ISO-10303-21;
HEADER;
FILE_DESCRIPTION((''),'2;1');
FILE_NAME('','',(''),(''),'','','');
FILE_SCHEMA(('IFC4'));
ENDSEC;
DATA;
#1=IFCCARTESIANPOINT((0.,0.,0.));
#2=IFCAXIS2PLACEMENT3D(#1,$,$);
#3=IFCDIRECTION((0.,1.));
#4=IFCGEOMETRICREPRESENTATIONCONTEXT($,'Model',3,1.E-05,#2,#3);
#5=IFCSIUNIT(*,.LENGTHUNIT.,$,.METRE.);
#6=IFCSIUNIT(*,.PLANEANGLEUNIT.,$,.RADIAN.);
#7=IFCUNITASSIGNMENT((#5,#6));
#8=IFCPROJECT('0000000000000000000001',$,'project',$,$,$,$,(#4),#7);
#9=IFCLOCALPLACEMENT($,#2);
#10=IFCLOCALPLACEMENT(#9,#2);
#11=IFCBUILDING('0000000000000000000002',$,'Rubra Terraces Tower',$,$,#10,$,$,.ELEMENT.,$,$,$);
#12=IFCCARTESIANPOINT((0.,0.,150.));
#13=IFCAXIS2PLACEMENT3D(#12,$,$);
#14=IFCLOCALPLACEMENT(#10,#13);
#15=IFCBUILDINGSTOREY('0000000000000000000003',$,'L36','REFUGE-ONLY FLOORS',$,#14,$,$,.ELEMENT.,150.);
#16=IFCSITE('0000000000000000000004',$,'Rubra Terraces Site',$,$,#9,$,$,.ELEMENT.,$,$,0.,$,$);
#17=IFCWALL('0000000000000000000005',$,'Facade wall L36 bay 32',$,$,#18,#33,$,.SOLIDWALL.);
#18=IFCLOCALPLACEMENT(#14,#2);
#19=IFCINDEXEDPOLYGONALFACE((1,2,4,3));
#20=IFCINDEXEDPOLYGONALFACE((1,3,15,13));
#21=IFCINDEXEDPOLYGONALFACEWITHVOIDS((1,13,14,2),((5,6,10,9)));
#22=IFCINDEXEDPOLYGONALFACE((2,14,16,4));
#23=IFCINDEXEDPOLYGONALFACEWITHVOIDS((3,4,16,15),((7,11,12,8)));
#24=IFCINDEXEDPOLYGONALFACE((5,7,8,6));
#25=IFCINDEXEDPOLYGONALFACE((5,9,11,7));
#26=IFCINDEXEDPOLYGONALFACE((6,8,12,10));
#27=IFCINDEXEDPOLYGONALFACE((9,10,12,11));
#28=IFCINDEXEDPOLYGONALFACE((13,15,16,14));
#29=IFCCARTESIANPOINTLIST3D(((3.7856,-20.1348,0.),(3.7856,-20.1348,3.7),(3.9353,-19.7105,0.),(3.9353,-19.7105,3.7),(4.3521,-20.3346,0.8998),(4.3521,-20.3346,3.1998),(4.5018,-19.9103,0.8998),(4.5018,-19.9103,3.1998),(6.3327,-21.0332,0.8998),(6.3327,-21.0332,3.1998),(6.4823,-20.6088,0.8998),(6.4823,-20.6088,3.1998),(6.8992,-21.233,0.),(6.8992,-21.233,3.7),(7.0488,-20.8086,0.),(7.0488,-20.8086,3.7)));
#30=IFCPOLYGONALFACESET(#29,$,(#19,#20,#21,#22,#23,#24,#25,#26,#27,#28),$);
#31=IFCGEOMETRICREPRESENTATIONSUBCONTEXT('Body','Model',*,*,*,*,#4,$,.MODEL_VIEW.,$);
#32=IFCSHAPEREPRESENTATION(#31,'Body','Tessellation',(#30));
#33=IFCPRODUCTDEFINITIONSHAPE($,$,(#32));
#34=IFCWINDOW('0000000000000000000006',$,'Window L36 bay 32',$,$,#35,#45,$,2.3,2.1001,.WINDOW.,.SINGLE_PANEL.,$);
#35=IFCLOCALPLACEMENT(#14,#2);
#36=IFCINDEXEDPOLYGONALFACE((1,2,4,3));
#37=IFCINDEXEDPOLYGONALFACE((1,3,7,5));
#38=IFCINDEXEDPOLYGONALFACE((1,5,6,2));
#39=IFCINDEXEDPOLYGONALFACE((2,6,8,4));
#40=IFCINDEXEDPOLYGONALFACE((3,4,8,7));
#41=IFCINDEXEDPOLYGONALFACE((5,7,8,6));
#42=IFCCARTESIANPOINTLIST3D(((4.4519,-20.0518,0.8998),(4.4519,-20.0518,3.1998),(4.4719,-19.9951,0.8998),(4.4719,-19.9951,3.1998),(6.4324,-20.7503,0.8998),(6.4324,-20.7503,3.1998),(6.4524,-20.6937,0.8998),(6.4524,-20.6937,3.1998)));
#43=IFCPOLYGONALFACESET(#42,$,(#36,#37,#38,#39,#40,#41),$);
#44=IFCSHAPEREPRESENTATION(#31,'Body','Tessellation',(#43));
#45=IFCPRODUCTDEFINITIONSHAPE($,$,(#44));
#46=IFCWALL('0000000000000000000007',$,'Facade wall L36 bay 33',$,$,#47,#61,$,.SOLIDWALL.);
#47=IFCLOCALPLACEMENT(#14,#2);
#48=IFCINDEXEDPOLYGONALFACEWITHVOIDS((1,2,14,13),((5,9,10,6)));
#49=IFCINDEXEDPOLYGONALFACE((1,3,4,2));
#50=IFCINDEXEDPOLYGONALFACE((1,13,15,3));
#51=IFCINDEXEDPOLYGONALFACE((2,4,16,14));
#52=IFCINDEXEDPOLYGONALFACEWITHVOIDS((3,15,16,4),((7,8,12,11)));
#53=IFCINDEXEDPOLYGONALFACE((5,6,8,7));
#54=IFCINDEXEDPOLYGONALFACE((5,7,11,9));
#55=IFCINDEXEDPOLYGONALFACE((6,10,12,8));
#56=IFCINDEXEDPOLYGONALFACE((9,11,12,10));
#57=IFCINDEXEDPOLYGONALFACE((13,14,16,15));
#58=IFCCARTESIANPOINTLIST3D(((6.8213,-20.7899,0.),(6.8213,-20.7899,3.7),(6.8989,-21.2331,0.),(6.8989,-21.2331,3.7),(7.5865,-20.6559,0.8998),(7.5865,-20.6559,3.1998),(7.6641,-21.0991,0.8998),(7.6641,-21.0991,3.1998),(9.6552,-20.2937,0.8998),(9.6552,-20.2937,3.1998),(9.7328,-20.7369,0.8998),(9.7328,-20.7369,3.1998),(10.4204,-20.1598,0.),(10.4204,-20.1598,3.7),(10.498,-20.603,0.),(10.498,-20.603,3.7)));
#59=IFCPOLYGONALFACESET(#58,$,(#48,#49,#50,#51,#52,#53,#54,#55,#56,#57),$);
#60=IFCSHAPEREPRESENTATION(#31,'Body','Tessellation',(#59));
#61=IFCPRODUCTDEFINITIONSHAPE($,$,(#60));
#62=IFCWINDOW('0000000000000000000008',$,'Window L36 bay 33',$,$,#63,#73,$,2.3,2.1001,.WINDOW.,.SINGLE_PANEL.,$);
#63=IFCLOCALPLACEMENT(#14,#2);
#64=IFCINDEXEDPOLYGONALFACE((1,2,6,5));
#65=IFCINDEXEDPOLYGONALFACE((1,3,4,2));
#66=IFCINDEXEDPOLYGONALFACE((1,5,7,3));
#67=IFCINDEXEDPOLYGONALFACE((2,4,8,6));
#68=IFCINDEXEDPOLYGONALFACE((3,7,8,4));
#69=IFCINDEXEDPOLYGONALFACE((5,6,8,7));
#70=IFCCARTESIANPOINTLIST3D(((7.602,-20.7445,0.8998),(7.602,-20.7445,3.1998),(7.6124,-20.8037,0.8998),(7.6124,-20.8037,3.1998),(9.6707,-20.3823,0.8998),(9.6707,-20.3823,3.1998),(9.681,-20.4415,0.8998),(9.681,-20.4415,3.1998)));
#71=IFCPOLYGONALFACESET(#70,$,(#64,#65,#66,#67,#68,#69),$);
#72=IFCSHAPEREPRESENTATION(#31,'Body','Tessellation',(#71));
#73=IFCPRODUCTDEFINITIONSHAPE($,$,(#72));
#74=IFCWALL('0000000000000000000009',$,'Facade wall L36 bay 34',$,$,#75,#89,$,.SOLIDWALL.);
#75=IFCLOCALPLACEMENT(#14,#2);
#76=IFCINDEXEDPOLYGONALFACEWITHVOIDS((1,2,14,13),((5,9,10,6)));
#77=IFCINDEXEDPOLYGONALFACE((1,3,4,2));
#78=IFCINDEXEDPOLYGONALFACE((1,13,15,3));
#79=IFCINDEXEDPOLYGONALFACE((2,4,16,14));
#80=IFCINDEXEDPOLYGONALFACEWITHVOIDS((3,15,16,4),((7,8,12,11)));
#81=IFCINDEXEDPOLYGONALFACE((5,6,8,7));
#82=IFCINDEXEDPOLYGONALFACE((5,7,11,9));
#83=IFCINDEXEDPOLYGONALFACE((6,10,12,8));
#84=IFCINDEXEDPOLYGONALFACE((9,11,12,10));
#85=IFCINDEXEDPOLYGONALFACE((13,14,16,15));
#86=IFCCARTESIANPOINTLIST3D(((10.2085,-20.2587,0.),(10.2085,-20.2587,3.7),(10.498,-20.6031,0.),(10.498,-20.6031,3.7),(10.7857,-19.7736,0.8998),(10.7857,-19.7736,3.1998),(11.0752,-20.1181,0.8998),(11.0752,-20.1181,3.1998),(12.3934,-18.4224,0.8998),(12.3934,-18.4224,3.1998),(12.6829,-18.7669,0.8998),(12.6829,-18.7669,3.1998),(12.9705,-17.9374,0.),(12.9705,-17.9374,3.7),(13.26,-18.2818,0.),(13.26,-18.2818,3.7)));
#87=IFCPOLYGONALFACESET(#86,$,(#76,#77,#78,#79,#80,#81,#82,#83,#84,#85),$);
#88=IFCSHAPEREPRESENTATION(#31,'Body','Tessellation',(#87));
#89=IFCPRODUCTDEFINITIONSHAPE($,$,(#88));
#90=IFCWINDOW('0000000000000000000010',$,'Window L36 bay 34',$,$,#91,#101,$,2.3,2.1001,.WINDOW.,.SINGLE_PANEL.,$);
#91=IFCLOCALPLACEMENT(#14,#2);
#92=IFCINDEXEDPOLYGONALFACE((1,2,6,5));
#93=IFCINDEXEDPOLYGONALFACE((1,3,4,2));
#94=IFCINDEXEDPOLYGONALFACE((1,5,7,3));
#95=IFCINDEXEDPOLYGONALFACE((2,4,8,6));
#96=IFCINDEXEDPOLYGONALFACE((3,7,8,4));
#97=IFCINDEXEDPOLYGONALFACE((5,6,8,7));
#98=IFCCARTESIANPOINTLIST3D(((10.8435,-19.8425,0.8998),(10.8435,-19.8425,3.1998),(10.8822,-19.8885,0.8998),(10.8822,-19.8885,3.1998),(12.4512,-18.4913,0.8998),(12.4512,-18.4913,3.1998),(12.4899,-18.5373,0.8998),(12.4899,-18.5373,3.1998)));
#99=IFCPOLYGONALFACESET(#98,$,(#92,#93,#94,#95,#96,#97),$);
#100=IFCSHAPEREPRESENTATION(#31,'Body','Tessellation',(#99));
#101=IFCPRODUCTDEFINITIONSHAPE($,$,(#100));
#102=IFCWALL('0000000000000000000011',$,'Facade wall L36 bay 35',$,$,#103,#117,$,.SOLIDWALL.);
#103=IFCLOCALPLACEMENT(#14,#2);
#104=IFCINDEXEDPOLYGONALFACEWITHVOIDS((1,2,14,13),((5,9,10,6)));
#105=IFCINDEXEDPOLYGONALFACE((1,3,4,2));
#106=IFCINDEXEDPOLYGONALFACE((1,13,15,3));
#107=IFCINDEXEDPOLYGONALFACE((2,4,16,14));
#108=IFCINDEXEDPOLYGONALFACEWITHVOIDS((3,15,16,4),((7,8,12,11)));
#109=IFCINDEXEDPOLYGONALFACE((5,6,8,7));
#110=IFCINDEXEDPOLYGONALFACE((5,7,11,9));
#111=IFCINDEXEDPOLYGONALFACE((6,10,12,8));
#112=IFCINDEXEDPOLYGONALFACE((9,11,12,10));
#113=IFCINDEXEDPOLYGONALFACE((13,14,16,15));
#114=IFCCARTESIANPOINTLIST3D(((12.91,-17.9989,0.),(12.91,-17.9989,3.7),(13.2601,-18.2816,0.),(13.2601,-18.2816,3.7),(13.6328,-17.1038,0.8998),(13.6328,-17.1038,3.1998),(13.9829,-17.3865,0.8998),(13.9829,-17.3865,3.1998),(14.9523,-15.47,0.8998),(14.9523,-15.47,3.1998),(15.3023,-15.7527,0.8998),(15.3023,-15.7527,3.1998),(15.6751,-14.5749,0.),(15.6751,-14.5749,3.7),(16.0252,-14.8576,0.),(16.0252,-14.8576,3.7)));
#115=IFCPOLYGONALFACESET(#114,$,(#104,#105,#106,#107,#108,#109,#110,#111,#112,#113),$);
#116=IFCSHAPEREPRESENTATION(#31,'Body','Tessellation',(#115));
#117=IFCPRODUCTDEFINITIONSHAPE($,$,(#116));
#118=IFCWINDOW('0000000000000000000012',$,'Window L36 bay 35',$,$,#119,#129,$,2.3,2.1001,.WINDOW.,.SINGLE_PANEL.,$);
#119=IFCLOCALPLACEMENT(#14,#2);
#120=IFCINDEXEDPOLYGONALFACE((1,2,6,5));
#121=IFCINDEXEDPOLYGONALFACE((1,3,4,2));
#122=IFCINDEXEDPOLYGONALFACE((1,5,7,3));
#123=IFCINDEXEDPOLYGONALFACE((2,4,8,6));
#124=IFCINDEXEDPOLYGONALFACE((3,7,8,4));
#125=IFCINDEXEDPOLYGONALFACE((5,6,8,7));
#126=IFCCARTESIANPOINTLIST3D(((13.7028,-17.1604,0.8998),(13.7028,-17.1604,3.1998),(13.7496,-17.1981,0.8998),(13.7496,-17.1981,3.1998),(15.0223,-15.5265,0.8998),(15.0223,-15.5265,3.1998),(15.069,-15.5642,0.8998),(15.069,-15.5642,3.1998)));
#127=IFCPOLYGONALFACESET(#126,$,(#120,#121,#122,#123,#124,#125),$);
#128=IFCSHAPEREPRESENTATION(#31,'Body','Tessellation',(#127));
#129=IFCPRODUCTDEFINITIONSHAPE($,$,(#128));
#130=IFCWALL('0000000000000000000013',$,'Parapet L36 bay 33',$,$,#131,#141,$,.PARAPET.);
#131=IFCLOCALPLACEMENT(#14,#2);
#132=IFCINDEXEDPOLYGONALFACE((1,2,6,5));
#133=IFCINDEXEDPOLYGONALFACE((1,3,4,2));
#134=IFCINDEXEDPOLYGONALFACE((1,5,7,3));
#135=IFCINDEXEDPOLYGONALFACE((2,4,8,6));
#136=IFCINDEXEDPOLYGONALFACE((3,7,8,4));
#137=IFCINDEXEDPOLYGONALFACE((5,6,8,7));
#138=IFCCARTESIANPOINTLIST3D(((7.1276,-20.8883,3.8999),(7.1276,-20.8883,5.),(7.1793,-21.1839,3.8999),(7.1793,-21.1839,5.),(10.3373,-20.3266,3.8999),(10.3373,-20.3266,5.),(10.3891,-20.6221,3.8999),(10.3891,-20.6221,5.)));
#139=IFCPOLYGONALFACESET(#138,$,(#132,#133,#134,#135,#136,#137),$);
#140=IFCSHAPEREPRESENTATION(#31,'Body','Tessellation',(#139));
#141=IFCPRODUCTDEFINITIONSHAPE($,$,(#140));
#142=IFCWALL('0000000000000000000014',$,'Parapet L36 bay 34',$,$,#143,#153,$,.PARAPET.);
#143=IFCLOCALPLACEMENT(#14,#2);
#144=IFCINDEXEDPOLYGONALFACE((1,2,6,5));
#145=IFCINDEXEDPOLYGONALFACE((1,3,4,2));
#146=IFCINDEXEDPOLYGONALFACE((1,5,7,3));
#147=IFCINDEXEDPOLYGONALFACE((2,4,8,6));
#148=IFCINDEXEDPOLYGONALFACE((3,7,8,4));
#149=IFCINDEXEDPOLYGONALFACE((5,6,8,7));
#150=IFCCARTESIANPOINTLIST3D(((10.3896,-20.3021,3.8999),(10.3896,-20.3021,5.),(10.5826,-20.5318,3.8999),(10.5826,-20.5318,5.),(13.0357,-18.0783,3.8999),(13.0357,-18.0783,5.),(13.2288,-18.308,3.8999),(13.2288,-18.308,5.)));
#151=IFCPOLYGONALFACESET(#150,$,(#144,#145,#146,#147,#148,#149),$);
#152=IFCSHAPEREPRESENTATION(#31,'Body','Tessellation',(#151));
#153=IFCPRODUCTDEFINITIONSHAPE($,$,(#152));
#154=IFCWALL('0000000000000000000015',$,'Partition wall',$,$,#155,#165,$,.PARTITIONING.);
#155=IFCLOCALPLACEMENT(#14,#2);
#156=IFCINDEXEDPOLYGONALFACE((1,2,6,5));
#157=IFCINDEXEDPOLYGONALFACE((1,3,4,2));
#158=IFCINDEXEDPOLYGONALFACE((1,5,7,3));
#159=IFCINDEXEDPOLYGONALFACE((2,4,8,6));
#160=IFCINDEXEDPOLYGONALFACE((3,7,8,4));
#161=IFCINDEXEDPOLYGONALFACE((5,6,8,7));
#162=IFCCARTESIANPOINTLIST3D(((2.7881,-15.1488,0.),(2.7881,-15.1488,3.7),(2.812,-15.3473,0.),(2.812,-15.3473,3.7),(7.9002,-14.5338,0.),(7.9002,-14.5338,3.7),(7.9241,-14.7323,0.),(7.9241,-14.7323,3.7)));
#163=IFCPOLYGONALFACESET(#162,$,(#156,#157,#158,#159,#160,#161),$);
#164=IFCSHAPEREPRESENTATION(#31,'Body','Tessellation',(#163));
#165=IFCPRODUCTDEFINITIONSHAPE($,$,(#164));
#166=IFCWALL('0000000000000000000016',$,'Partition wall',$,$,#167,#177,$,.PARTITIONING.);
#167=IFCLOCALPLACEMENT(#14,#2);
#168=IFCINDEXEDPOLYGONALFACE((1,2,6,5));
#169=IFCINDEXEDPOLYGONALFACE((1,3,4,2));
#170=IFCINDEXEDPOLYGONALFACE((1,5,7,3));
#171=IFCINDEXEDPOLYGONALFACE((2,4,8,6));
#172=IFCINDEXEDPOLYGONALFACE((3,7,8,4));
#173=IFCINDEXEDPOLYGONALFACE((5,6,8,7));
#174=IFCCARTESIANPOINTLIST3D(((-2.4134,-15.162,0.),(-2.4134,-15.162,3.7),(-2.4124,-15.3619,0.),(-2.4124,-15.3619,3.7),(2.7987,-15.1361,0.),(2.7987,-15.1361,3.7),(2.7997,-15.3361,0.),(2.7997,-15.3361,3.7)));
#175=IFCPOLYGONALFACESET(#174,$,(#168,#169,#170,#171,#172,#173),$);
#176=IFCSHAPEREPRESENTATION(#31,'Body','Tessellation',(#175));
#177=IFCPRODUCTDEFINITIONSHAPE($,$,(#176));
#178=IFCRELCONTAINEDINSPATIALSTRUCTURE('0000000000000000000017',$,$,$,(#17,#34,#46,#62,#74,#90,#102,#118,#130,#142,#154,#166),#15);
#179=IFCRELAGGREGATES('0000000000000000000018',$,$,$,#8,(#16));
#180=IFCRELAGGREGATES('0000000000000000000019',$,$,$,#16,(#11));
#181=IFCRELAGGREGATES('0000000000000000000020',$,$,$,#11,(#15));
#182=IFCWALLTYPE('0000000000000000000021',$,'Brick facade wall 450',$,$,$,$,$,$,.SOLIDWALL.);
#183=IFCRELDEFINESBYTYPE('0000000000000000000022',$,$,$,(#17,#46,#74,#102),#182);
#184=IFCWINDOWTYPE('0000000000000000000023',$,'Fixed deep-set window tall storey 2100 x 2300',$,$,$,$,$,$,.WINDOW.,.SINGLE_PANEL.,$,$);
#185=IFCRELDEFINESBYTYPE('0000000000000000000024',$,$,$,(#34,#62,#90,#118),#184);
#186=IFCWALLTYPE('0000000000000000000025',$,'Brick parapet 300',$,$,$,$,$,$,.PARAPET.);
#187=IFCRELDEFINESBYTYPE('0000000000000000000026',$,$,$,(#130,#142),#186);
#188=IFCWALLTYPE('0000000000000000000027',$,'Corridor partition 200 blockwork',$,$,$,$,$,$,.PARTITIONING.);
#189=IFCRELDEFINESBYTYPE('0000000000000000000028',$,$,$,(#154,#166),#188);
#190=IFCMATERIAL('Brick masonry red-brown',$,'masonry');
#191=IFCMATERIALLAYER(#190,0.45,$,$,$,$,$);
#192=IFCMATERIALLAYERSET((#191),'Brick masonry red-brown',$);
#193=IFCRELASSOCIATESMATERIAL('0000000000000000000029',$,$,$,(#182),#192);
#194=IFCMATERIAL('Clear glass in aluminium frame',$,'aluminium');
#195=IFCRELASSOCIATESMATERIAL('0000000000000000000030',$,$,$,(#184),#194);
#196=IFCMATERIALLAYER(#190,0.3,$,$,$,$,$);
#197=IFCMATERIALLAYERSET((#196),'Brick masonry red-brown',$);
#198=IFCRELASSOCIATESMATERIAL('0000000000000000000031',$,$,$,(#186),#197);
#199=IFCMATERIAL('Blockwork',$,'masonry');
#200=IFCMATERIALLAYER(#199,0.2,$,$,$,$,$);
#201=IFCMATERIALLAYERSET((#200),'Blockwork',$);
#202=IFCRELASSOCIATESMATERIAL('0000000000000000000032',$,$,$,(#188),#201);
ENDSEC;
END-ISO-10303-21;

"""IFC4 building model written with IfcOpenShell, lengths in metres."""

from ifc_helpers import new_model, si_unit, direction, frame, frame_2d, origin, place, context, subcontext, project, spatial, rectangle, extrude, material, layer, layer_set, type_object, element, fill, save


model = new_model("IFC4")

# Units and contexts
model_context = context("Model", 3, precision=1e-05, world=origin(), true_north=direction((0.0, 1.0)))
body_context = subcontext(model_context, "Body", "Model", "MODEL_VIEW")
ifc_project = project(units=[si_unit("LENGTHUNIT", "METRE"), si_unit("PLANEANGLEUNIT", "RADIAN")], contexts=[model_context])

# Site, building, storey
site_placement = place(None, origin())
site = spatial("IfcSite", under=ifc_project, at=site_placement, Name="Rubra Terraces Site", CompositionType="ELEMENT", RefElevation=0.0)
building_placement = place(site_placement, origin())
building = spatial("IfcBuilding", under=site, at=building_placement, Name="Rubra Terraces Tower", CompositionType="ELEMENT")
storey_placement = place(building_placement, frame((0.0, 0.0, 150.0)))
storey = spatial("IfcBuildingStorey", under=building, at=storey_placement, Name="L36", Description="REFUGE-ONLY FLOORS", CompositionType="ELEMENT", Elevation=150.0)

# Walls, openings, windows
ifc_material_1 = material(Name="Brick masonry red-brown", Category="masonry")
ifc_layer_1 = layer(ifc_material_1, 0.45)
ifc_layer_set_1 = layer_set([ifc_layer_1], Name="Brick masonry red-brown")
wall_type_1 = type_object("IfcWallType", Name="Brick facade wall 450", PredefinedType="SOLIDWALL", material=ifc_layer_set_1)
wall_1_placement = place(storey_placement, frame((3.8604, -19.9226, 0.0), z_axis=(0.0, 0.0, 1.0), x_axis=(0.943061, -0.332619, 0.0)))
wall_1 = element("IfcWall", 1, at=wall_1_placement, inside=storey, type_object=wall_type_1, Name="Facade wall L36 bay 32", PredefinedType="SOLIDWALL", context=body_context, shape_type="SweptSolid", body=[
    extrude(rectangle(XDim=3.3015, YDim=0.45, at=frame_2d((1.6509, 0.0))), origin(), (0.0, 0.0, 1.0), 3.7),
])
opening_1_placement = place(wall_1_placement, frame((0.6008, 0.0, 0.8999)))
opening_1 = element("IfcOpeningElement", 2, at=opening_1_placement, cuts=wall_1, PredefinedType="OPENING", context=body_context, shape_type="SweptSolid", body=[
    extrude(rectangle(XDim=2.1001, YDim=2.3, at=frame_2d((1.05, 1.1499))), frame((0.0, 0.2349, 0.0), z_axis=(0.0, -1.0, 0.0), x_axis=(1.0, 0.0, 0.0)), (0.0, 0.0, 1.0), 0.47),
])
ifc_material_2 = material(Name="Clear glass in aluminium frame", Category="aluminium")
window_type = type_object("IfcWindowType", Name="Fixed deep-set window tall storey 2100 x 2300", PartitioningType="SINGLE_PANEL", PredefinedType="WINDOW", material=ifc_material_2)
window_1_placement = place(opening_1_placement, origin())
window_1 = element("IfcWindow", 3, at=window_1_placement, inside=storey, type_object=window_type, Name="Window L36 bay 32", OverallHeight=2.3, OverallWidth=2.1001, PartitioningType="SINGLE_PANEL", PredefinedType="WINDOW", context=body_context, shape_type="SweptSolid", body=[
    extrude(rectangle(XDim=2.1001, YDim=2.3, at=frame_2d((1.05, 1.1499))), frame((0.0, 0.135, 0.0), z_axis=(0.0, -1.0, 0.0), x_axis=(1.0, 0.0, 0.0)), (0.0, 0.0, 1.0), 0.0601),
])
fill(opening_1, window_1)
wall_2_placement = place(storey_placement, frame((6.8601, -21.0115, 0.0), z_axis=(0.0, 0.0, 1.0), x_axis=(0.985017, 0.172455, 0.0)))
wall_2 = element("IfcWall", 4, at=wall_2_placement, inside=storey, type_object=wall_type_1, Name="Facade wall L36 bay 33", PredefinedType="SOLIDWALL", context=body_context, shape_type="SweptSolid", body=[
    extrude(rectangle(XDim=3.6538, YDim=0.45, at=frame_2d((1.8269, 0.0))), origin(), (0.0, 0.0, 1.0), 3.7),
])
opening_2_placement = place(wall_2_placement, frame((0.7769, 0.0, 0.8999)))
opening_2 = element("IfcOpeningElement", 5, at=opening_2_placement, cuts=wall_2, PredefinedType="OPENING", context=body_context, shape_type="SweptSolid", body=[
    extrude(rectangle(XDim=2.1001, YDim=2.3, at=frame_2d((1.05, 1.1499))), frame((0.0, 0.2349, 0.0), z_axis=(0.0, -1.0, 0.0), x_axis=(1.0, 0.0, 0.0)), (0.0, 0.0, 1.0), 0.47),
])
window_2_placement = place(opening_2_placement, origin())
window_2 = element("IfcWindow", 6, at=window_2_placement, inside=storey, type_object=window_type, Name="Window L36 bay 33", OverallHeight=2.3, OverallWidth=2.1001, PartitioningType="SINGLE_PANEL", PredefinedType="WINDOW", context=body_context, shape_type="SweptSolid", body=[
    extrude(rectangle(XDim=2.1001, YDim=2.3, at=frame_2d((1.05, 1.1499))), frame((0.0, 0.135, 0.0), z_axis=(0.0, -1.0, 0.0), x_axis=(1.0, 0.0, 0.0)), (0.0, 0.0, 1.0), 0.0601),
])
fill(opening_2, window_2)
wall_3_placement = place(storey_placement, frame((10.3533, -20.4309, 0.0), z_axis=(0.0, 0.0, 1.0), x_axis=(0.765536, 0.643394, 0.0)))
wall_3 = element("IfcWall", 7, at=wall_3_placement, inside=storey, type_object=wall_type_1, Name="Facade wall L36 bay 34", PredefinedType="SOLIDWALL", context=body_context, shape_type="SweptSolid", body=[
    extrude(rectangle(XDim=3.6079, YDim=0.45, at=frame_2d((1.804, 0.0))), origin(), (0.0, 0.0, 1.0), 3.7),
])
opening_3_placement = place(wall_3_placement, frame((0.7539, 0.0, 0.8999)))
opening_3 = element("IfcOpeningElement", 8, at=opening_3_placement, cuts=wall_3, PredefinedType="OPENING", context=body_context, shape_type="SweptSolid", body=[
    extrude(rectangle(XDim=2.1001, YDim=2.3, at=frame_2d((1.05, 1.1499))), frame((0.0, 0.2349, 0.0), z_axis=(0.0, -1.0, 0.0), x_axis=(1.0, 0.0, 0.0)), (0.0, 0.0, 1.0), 0.47),
])
window_3_placement = place(opening_3_placement, origin())
window_3 = element("IfcWindow", 9, at=window_3_placement, inside=storey, type_object=window_type, Name="Window L36 bay 34", OverallHeight=2.3, OverallWidth=2.1001, PartitioningType="SINGLE_PANEL", PredefinedType="WINDOW", context=body_context, shape_type="SweptSolid", body=[
    extrude(rectangle(XDim=2.1001, YDim=2.3, at=frame_2d((1.05, 1.1499))), frame((0.0, 0.135, 0.0), z_axis=(0.0, -1.0, 0.0), x_axis=(1.0, 0.0, 0.0)), (0.0, 0.0, 1.0), 0.0601),
])
fill(opening_3, window_3)
wall_4_placement = place(storey_placement, frame((13.085, -18.1404, 0.0), z_axis=(0.0, 0.0, 1.0), x_axis=(0.628274, 0.777992, 0.0)))
wall_4 = element("IfcWall", 10, at=wall_4_placement, inside=storey, type_object=wall_type_1, Name="Facade wall L36 bay 35", PredefinedType="SOLIDWALL", context=body_context, shape_type="SweptSolid", body=[
    extrude(rectangle(XDim=4.4011, YDim=0.45, at=frame_2d((2.2007, 0.0))), origin(), (0.0, 0.0, 1.0), 3.7),
])
opening_4_placement = place(wall_4_placement, frame((1.1506, 0.0, 0.8999)))
opening_4 = element("IfcOpeningElement", 11, at=opening_4_placement, cuts=wall_4, PredefinedType="OPENING", context=body_context, shape_type="SweptSolid", body=[
    extrude(rectangle(XDim=2.1001, YDim=2.3, at=frame_2d((1.05, 1.1499))), frame((0.0, 0.2349, 0.0), z_axis=(0.0, -1.0, 0.0), x_axis=(1.0, 0.0, 0.0)), (0.0, 0.0, 1.0), 0.47),
])
window_4_placement = place(opening_4_placement, origin())
window_4 = element("IfcWindow", 12, at=window_4_placement, inside=storey, type_object=window_type, Name="Window L36 bay 35", OverallHeight=2.3, OverallWidth=2.1001, PartitioningType="SINGLE_PANEL", PredefinedType="WINDOW", context=body_context, shape_type="SweptSolid", body=[
    extrude(rectangle(XDim=2.1001, YDim=2.3, at=frame_2d((1.05, 1.1499))), frame((0.0, 0.135, 0.0), z_axis=(0.0, -1.0, 0.0), x_axis=(1.0, 0.0, 0.0)), (0.0, 0.0, 1.0), 0.0601),
])
fill(opening_4, window_4)

# Walls
ifc_layer_2 = layer(ifc_material_1, 0.3)
ifc_layer_set_2 = layer_set([ifc_layer_2], Name="Brick masonry red-brown")
wall_type_2 = type_object("IfcWallType", Name="Brick parapet 300", PredefinedType="PARAPET", material=ifc_layer_set_2)
wall_5_placement = place(storey_placement, frame((7.1533, -21.0361, 3.8999), z_axis=(0.0, 0.0, 1.0), x_axis=(0.985027, 0.1724, 0.0)))
element("IfcWall", 13, at=wall_5_placement, inside=storey, type_object=wall_type_2, Name="Parapet L36 bay 33", PredefinedType="PARAPET", context=body_context, shape_type="SweptSolid", body=[
    extrude(rectangle(XDim=3.2585, YDim=0.3, at=frame_2d((1.6294, 0.0))), origin(), (0.0, 0.0, 1.0), 1.1001),
])
wall_6_placement = place(storey_placement, frame((10.4861, -20.417, 3.8999), z_axis=(0.0, 0.0, 1.0), x_axis=(0.765557, 0.643368, 0.0)))
element("IfcWall", 14, at=wall_6_placement, inside=storey, type_object=wall_type_2, Name="Parapet L36 bay 34", PredefinedType="PARAPET", context=body_context, shape_type="SweptSolid", body=[
    extrude(rectangle(XDim=3.4565, YDim=0.3, at=frame_2d((1.7283, 0.0))), origin(), (0.0, 0.0, 1.0), 1.1001),
])
ifc_material_3 = material(Name="Blockwork", Category="masonry")
ifc_layer_3 = layer(ifc_material_3, 0.2)
ifc_layer_set_3 = layer_set([ifc_layer_3], Name="Blockwork")
wall_type_3 = type_object("IfcWallType", Name="Corridor partition 200 blockwork", PredefinedType="PARTITIONING", material=ifc_layer_set_3)
wall_7_placement = place(storey_placement, frame((7.9121, -14.6331, 0.0), z_axis=(0.0, 0.0, 1.0), x_axis=(-0.992841, -0.119441, 0.0)))
element("IfcWall", 15, at=wall_7_placement, inside=storey, type_object=wall_type_3, Name="Partition wall", PredefinedType="PARTITIONING", context=body_context, shape_type="SweptSolid", body=[
    extrude(rectangle(XDim=5.1489, YDim=0.2, at=frame_2d((2.5745, 0.0))), origin(), (0.0, 0.0, 1.0), 3.7),
])
wall_8_placement = place(storey_placement, frame((2.7991, -15.2361, 0.0), z_axis=(0.0, 0.0, 1.0), x_axis=(-0.999988, -0.004965, 0.0)))
element("IfcWall", 16, at=wall_8_placement, inside=storey, type_object=wall_type_3, Name="Partition wall", PredefinedType="PARTITIONING", context=body_context, shape_type="SweptSolid", body=[
    extrude(rectangle(XDim=5.2122, YDim=0.2, at=frame_2d((2.606, 0.0))), origin(), (0.0, 0.0, 1.0), 3.7),
])

save(model, "model.ifc")
